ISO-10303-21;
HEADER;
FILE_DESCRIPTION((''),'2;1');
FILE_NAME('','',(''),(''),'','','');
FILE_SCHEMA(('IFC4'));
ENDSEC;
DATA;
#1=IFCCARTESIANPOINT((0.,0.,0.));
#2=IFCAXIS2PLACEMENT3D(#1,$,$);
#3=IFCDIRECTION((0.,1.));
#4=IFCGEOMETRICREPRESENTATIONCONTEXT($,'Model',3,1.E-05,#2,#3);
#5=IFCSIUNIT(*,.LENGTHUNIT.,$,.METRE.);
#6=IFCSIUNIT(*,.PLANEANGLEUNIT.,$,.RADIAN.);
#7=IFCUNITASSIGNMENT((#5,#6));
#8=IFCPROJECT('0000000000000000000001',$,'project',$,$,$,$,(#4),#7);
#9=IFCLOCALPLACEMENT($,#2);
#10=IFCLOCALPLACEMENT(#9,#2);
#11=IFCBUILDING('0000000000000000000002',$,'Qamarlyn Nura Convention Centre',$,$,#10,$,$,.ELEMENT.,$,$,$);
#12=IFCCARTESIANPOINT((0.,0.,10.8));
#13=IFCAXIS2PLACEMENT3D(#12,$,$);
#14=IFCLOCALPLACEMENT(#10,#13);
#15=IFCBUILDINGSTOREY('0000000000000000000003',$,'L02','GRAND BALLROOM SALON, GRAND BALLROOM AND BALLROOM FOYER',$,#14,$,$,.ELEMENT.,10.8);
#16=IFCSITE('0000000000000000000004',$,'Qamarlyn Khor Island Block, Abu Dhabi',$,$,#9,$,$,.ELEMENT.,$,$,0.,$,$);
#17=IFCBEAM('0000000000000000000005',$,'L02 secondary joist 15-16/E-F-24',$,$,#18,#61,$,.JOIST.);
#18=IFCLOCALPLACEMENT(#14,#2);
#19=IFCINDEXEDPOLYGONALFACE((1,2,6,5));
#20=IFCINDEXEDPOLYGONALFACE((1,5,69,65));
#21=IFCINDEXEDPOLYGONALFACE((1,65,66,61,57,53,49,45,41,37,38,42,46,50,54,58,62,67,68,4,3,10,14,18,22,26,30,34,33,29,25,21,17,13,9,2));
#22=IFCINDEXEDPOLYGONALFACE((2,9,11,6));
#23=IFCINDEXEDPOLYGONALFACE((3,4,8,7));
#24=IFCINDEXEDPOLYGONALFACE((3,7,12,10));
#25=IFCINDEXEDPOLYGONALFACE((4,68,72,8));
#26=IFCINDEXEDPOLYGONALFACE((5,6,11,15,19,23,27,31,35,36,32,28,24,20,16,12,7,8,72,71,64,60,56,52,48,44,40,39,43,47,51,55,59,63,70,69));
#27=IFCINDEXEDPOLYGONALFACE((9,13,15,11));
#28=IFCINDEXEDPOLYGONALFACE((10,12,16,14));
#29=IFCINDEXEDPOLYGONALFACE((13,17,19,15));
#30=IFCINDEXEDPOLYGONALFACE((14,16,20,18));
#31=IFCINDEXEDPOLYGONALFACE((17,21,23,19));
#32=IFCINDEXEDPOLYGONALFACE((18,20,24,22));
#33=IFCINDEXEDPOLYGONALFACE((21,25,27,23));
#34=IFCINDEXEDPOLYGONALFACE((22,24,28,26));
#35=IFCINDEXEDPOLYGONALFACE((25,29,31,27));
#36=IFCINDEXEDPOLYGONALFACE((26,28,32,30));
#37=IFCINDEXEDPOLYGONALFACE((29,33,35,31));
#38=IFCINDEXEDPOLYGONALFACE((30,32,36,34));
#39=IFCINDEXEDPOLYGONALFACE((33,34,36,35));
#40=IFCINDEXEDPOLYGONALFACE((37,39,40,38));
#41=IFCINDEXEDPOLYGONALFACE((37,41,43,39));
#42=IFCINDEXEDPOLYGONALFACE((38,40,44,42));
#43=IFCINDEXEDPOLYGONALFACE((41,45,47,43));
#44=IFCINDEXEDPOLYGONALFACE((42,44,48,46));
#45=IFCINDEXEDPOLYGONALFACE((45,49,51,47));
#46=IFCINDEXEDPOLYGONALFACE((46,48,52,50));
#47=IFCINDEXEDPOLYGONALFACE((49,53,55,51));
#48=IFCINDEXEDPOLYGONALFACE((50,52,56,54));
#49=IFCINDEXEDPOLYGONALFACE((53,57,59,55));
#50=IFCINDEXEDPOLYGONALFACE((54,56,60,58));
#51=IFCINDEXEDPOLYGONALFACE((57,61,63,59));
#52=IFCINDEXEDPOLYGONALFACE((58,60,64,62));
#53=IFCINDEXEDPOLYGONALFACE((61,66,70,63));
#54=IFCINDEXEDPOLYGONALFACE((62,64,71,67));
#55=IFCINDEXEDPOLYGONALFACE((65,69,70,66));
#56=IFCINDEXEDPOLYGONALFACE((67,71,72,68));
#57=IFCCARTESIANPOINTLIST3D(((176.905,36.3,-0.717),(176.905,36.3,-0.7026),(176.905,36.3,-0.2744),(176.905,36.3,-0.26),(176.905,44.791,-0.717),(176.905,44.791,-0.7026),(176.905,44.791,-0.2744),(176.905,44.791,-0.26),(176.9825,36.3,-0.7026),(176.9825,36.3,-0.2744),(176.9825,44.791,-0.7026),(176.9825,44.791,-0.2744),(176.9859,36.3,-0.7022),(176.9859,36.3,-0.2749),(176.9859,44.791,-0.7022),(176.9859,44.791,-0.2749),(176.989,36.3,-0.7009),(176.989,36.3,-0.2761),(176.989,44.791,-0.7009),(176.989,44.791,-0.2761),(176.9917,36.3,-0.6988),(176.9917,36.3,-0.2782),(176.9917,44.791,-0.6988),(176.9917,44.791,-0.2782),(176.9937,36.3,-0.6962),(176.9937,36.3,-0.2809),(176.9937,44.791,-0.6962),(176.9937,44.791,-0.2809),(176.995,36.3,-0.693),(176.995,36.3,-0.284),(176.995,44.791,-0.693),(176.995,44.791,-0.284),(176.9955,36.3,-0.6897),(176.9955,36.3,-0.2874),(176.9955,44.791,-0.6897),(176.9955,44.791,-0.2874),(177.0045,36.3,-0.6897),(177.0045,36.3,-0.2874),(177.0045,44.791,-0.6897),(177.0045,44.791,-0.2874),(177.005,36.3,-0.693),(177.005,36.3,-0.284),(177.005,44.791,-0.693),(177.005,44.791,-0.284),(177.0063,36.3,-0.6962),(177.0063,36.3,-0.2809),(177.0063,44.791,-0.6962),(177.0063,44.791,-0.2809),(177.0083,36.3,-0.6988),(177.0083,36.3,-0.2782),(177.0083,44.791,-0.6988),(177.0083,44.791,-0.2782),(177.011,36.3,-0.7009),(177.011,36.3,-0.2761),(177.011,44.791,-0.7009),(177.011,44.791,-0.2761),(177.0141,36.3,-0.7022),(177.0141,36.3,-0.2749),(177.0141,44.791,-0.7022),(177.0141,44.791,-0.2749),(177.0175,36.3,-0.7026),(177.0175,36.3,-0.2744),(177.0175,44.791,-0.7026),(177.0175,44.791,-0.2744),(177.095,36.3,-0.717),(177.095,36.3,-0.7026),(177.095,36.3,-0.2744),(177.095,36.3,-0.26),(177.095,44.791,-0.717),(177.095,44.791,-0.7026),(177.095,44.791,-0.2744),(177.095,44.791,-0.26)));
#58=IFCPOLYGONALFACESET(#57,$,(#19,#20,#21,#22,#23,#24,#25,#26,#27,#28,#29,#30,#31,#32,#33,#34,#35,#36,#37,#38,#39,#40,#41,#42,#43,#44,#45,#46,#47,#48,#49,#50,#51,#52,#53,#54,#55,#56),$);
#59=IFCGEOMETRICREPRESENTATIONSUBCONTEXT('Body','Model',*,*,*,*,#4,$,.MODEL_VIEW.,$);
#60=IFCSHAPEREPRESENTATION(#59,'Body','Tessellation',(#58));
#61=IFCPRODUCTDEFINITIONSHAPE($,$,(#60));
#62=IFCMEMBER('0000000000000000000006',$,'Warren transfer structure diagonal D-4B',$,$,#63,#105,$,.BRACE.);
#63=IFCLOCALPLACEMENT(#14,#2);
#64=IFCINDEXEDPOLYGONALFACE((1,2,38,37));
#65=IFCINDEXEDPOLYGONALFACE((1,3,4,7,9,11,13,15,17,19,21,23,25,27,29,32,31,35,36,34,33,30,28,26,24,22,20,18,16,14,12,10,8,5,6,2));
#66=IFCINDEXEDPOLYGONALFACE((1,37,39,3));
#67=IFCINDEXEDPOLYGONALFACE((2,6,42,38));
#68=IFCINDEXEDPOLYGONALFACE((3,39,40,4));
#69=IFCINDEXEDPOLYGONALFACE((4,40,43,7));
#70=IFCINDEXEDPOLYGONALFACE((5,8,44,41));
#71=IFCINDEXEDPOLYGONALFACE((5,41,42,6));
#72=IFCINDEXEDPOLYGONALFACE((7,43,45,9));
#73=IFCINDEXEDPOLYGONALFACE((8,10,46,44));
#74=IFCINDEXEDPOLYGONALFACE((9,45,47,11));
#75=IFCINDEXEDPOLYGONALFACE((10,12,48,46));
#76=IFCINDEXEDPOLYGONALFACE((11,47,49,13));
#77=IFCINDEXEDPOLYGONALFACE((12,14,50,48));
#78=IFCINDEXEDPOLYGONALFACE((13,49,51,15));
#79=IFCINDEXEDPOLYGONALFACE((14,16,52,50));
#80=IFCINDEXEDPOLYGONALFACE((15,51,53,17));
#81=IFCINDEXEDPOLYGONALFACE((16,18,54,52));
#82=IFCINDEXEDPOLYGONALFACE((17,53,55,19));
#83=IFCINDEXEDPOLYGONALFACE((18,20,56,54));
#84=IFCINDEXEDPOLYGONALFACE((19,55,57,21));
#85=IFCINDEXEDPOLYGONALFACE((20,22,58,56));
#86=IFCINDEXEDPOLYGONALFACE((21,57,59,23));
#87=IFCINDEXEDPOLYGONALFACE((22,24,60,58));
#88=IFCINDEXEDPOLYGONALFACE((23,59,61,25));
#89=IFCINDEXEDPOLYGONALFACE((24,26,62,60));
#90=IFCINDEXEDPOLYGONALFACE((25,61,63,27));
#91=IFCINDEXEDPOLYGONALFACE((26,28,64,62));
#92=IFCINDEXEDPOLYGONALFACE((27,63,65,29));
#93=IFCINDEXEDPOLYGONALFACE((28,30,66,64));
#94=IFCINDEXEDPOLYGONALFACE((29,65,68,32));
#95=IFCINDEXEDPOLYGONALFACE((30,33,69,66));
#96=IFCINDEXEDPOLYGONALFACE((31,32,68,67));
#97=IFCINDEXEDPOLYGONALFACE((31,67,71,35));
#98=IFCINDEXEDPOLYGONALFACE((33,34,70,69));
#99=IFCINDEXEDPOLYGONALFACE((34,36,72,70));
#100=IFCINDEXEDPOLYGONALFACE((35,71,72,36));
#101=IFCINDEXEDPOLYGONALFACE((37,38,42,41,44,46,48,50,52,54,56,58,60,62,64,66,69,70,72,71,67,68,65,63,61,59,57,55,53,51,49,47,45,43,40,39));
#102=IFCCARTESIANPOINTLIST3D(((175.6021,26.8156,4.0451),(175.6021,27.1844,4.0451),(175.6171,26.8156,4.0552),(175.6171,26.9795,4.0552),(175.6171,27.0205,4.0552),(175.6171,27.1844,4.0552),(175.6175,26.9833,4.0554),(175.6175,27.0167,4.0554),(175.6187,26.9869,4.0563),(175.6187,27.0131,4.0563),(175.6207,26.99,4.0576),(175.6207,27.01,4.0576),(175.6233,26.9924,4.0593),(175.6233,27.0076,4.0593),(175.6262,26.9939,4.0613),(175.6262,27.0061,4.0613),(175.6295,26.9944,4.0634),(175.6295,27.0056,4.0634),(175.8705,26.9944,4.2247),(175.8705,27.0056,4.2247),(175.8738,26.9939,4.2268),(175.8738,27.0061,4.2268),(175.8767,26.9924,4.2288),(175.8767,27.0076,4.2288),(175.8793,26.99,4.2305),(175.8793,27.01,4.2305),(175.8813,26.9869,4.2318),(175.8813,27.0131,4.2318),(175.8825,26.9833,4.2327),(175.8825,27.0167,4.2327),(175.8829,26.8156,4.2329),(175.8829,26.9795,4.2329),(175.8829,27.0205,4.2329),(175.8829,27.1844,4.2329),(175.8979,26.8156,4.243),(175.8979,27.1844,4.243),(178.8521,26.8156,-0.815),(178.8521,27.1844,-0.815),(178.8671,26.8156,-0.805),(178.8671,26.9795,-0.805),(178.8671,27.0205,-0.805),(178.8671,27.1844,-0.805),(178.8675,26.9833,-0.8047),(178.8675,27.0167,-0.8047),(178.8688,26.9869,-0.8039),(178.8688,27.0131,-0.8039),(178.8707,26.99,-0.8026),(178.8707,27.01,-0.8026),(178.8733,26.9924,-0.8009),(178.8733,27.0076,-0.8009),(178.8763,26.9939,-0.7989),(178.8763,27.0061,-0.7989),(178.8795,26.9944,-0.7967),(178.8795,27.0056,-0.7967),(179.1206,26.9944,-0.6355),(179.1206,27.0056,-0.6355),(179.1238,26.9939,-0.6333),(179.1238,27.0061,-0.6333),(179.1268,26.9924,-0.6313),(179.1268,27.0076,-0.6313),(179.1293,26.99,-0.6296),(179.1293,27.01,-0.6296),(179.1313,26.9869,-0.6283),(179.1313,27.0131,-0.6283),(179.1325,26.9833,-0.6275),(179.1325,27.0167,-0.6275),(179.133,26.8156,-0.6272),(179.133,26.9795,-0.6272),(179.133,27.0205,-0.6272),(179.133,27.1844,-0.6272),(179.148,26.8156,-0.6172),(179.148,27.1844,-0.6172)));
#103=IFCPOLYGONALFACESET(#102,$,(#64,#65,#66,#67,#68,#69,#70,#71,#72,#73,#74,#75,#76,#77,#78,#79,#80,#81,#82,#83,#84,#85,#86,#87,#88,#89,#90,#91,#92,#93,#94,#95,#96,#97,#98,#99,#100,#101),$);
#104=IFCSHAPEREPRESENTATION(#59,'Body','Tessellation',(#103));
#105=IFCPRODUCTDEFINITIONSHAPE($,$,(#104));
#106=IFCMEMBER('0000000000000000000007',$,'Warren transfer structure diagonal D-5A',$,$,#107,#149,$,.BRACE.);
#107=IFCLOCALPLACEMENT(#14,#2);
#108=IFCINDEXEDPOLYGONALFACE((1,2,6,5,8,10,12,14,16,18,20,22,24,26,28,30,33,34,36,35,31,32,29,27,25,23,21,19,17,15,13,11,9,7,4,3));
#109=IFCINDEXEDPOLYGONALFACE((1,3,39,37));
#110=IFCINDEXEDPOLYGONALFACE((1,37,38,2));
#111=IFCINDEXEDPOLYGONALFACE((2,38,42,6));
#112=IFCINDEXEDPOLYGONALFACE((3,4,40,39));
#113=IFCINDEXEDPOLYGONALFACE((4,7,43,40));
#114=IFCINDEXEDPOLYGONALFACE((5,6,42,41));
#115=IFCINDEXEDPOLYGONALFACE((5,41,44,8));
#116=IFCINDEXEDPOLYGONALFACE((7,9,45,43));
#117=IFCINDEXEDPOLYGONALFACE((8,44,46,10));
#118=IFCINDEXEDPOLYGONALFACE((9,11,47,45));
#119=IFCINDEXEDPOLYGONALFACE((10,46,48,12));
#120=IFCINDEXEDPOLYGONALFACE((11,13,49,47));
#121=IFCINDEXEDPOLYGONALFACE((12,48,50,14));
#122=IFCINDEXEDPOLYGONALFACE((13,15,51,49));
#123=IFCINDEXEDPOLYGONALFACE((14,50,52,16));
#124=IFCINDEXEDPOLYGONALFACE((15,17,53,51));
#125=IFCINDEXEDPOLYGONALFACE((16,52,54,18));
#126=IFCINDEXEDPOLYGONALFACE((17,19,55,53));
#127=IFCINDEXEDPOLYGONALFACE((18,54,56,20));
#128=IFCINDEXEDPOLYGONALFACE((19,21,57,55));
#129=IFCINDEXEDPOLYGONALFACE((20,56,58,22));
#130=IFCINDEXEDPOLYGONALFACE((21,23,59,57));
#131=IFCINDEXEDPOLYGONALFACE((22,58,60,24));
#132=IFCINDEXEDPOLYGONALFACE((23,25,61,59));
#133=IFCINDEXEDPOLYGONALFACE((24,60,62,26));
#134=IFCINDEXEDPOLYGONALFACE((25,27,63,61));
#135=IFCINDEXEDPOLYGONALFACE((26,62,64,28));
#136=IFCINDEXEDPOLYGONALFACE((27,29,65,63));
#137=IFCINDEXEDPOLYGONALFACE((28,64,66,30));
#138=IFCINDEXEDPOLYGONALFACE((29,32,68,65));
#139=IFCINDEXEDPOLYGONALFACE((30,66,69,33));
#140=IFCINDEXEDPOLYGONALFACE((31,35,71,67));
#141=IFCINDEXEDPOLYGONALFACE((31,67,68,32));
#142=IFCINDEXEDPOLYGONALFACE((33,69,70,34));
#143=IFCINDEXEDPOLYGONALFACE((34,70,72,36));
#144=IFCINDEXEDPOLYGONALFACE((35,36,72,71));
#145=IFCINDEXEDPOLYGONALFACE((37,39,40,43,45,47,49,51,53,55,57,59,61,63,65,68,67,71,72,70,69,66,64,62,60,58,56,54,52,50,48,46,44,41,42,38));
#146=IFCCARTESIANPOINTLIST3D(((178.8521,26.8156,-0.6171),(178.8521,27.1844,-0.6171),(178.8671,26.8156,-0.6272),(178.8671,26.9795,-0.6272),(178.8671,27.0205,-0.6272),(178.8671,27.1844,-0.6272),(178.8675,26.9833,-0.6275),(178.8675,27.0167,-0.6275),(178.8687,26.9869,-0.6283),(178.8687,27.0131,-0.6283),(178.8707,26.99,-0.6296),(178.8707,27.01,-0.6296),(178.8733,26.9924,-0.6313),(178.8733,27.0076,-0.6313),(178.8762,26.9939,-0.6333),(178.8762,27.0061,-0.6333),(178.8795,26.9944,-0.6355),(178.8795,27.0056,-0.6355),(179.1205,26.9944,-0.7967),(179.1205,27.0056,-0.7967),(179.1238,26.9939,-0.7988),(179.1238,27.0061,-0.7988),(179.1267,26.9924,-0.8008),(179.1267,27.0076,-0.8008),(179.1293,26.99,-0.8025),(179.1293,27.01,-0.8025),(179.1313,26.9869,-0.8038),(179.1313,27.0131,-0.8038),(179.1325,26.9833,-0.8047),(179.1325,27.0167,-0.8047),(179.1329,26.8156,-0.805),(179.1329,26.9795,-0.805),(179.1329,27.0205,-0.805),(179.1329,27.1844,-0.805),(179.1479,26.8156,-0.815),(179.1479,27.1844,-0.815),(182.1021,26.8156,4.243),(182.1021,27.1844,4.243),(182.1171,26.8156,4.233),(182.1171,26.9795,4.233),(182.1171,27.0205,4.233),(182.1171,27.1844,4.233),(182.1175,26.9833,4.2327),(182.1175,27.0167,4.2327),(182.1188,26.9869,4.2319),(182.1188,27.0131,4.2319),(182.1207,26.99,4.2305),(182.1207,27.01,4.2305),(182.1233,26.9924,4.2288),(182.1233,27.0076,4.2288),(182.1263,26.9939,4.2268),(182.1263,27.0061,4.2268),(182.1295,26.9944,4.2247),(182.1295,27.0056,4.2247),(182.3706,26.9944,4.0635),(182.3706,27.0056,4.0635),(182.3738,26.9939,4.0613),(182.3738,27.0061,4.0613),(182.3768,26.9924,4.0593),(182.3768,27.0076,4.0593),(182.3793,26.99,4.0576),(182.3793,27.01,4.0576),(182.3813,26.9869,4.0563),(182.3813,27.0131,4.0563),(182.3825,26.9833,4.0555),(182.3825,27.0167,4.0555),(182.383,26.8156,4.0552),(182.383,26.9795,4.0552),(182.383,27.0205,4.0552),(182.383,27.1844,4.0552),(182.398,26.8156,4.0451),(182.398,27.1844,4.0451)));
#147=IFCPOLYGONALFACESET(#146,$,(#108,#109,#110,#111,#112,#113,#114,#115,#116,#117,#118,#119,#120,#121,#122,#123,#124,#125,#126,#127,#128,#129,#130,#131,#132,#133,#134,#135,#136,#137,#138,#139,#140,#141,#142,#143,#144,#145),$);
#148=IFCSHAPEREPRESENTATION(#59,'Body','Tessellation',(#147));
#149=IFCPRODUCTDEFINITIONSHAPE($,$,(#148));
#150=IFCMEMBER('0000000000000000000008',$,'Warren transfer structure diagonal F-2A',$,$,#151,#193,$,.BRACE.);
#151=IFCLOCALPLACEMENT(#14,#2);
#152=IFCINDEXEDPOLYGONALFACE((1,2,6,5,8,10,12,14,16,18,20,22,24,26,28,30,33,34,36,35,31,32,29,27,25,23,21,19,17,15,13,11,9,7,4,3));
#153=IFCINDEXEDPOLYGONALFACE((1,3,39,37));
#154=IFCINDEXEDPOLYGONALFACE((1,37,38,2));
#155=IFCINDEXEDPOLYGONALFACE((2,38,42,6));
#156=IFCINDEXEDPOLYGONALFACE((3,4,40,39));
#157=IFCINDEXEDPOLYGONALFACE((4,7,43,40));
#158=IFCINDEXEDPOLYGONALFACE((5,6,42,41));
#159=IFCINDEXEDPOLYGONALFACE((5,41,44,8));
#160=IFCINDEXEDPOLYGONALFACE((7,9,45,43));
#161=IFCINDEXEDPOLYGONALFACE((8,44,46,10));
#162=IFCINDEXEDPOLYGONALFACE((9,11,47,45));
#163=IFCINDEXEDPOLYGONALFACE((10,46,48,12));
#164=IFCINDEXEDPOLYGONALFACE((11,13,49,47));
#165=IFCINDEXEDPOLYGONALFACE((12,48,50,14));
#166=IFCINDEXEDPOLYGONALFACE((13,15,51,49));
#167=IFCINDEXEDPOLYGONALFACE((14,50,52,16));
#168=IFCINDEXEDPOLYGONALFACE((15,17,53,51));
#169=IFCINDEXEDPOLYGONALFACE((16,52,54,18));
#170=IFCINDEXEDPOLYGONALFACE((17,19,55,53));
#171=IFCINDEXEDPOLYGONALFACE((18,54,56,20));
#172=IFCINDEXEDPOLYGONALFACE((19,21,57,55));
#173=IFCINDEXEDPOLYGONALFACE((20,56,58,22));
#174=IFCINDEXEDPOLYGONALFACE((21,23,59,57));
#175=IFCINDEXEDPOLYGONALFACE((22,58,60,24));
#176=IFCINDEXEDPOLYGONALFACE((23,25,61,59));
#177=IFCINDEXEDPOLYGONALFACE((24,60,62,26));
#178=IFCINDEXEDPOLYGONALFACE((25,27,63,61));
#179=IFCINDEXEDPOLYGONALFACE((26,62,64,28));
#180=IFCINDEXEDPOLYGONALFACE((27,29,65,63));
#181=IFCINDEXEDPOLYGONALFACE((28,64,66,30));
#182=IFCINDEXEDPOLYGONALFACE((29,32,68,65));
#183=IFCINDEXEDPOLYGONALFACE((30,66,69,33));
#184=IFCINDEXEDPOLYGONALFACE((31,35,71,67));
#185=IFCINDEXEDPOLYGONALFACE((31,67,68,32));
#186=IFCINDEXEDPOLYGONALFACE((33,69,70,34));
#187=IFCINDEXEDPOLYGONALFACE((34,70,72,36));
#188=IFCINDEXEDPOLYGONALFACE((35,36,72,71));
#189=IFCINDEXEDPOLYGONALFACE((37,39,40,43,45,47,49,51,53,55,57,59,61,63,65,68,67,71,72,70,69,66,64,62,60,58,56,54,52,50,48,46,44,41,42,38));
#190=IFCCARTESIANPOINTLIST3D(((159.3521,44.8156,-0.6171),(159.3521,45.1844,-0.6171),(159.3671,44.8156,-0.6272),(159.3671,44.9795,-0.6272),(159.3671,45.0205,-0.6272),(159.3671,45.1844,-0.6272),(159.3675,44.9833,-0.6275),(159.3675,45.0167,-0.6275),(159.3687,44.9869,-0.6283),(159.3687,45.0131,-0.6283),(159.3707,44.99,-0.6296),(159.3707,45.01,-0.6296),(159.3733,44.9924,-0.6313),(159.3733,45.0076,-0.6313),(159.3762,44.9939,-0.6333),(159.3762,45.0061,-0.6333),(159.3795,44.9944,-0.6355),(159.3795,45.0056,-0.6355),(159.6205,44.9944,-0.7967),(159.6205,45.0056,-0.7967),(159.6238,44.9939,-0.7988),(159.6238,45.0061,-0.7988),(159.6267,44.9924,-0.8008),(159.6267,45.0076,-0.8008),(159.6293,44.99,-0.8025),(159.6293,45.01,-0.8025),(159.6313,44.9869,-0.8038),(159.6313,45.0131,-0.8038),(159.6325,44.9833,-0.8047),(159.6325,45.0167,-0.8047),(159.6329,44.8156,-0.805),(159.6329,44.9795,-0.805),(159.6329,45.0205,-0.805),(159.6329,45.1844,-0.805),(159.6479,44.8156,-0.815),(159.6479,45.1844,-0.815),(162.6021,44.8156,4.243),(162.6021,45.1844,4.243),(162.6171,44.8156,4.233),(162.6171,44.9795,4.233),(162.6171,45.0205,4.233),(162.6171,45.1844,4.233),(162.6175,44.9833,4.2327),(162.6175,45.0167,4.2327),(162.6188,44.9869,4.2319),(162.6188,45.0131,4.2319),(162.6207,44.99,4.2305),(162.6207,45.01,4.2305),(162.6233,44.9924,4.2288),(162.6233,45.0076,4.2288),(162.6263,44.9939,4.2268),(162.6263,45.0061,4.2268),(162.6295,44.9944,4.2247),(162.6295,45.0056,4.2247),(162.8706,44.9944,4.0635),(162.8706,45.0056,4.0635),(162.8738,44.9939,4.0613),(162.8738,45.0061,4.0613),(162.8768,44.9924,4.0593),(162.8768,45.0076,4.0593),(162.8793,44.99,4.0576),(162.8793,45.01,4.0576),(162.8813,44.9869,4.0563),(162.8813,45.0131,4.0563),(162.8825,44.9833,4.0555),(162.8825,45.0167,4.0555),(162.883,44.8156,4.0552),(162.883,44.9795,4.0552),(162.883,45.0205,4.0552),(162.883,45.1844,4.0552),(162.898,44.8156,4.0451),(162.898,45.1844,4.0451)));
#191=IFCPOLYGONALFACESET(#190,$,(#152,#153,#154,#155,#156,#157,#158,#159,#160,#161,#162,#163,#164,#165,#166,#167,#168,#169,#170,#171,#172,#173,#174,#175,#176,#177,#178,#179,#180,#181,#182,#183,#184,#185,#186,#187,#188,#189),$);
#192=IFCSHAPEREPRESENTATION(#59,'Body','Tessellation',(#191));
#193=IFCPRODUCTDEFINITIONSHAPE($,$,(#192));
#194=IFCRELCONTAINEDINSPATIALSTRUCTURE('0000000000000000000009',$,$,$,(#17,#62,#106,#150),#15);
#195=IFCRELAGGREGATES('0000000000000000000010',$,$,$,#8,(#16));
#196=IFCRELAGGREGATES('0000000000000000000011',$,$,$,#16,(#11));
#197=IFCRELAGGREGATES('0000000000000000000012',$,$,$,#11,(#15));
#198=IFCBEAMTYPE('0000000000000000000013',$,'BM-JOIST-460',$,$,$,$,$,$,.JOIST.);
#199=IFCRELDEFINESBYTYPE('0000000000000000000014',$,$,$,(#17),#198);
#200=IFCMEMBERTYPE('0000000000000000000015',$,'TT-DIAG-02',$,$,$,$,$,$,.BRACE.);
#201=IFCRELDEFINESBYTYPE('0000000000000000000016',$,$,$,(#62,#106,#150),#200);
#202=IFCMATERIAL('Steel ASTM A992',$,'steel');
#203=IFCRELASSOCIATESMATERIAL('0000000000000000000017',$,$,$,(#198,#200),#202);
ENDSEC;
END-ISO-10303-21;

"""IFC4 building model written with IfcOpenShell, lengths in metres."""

from ifc_helpers import new_model, si_unit, direction, frame, origin, origin_2d, place, context, subcontext, project, spatial, i_section, extrude, material, material_profile, profile_set, type_object, element, save


model = new_model("IFC4")

# Units and contexts
model_context = context("Model", 3, precision=1e-05, world=origin(), true_north=direction((0.0, 1.0)))
body_context = subcontext(model_context, "Body", "Model", "MODEL_VIEW")
ifc_project = project(units=[si_unit("LENGTHUNIT", "METRE"), si_unit("PLANEANGLEUNIT", "RADIAN")], contexts=[model_context])

# Site, building, storey
site_placement = place(None, origin())
site = spatial("IfcSite", under=ifc_project, at=site_placement, Name="Qamarlyn Khor Island Block, Abu Dhabi", CompositionType="ELEMENT", RefElevation=0.0)
building_placement = place(site_placement, origin())
building = spatial("IfcBuilding", under=site, at=building_placement, Name="Qamarlyn Nura Convention Centre", CompositionType="ELEMENT")
storey_placement = place(building_placement, frame((0.0, 0.0, 10.8)))
storey = spatial("IfcBuildingStorey", under=building, at=storey_placement, Name="L02", Description="GRAND BALLROOM SALON, GRAND BALLROOM AND BALLROOM FOYER", CompositionType="ELEMENT", Elevation=10.8)

# Beam
ifc_material_1 = material(Name="Steel ASTM A992", Category="steel")
ifc_material_profile_1 = material_profile(ifc_material_1, i_section(OverallWidth=0.1899, OverallDepth=0.457, WebThickness=0.009, FlangeThickness=0.0144, FilletRadius=0.0129, at=origin_2d()), Name="W460X74")
ifc_profile_set_1 = profile_set([ifc_material_profile_1], Name="Steel ASTM A992")
beam_type = type_object("IfcBeamType", Name="BM-JOIST-460", PredefinedType="JOIST", material=ifc_profile_set_1)
for number, where, z_axis, x_axis, name in (
    (1, (177.0, 36.3, -0.4885), (0.0, 1.0, 0.0), (-1.0, 0.0, 0.0), "L02 secondary joist 15-16/E-F-24"),
):
    element("IfcBeam", number, at=place(storey_placement, frame(where, z_axis=z_axis, x_axis=x_axis)), inside=storey, type_object=beam_type, Name=name, PredefinedType="JOIST", context=body_context, shape_type="SweptSolid", body=[
        extrude(i_section(OverallWidth=0.1899, OverallDepth=0.457, WebThickness=0.009, FlangeThickness=0.0144, FilletRadius=0.0129, at=origin_2d()), origin(), (0.0, 0.0, 1.0), 8.491),
    ])

# Members
ifc_material_profile_2 = material_profile(ifc_material_1, i_section(OverallWidth=0.3689, OverallDepth=0.356, WebThickness=0.0112, FlangeThickness=0.0181, FilletRadius=0.0149, at=origin_2d()), Name="W360X134")
ifc_profile_set_2 = profile_set([ifc_material_profile_2], Name="Steel ASTM A992")
member_type_1 = type_object("IfcMemberType", Name="TT-DIAG-02", PredefinedType="BRACE", material=ifc_profile_set_2)
for number, where, z_axis, x_axis, name in (
    (2, (175.75, 27.0, 4.144), (0.555875, 0.0, -0.831266), (0.0, 1.0, 0.0), "Warren transfer structure diagonal D-4B"),
    (3, (179.0, 27.0, -0.7161), (0.555875, 0.0, 0.831266), (0.0, 1.0, 0.0), "Warren transfer structure diagonal D-5A"),
    (4, (159.5, 45.0, -0.7161), (0.555875, 0.0, 0.831266), (0.0, 1.0, 0.0), "Warren transfer structure diagonal F-2A"),
):
    element("IfcMember", number, at=place(storey_placement, frame(where, z_axis=z_axis, x_axis=x_axis)), inside=storey, type_object=member_type_1, Name=name, PredefinedType="BRACE", context=body_context, shape_type="SweptSolid", body=[
        extrude(i_section(OverallWidth=0.3689, OverallDepth=0.356, WebThickness=0.0112, FlangeThickness=0.0181, FilletRadius=0.0149, at=origin_2d()), origin(), (0.0, 0.0, 1.0), 5.8467),
    ])

save(model, "model.ifc")
